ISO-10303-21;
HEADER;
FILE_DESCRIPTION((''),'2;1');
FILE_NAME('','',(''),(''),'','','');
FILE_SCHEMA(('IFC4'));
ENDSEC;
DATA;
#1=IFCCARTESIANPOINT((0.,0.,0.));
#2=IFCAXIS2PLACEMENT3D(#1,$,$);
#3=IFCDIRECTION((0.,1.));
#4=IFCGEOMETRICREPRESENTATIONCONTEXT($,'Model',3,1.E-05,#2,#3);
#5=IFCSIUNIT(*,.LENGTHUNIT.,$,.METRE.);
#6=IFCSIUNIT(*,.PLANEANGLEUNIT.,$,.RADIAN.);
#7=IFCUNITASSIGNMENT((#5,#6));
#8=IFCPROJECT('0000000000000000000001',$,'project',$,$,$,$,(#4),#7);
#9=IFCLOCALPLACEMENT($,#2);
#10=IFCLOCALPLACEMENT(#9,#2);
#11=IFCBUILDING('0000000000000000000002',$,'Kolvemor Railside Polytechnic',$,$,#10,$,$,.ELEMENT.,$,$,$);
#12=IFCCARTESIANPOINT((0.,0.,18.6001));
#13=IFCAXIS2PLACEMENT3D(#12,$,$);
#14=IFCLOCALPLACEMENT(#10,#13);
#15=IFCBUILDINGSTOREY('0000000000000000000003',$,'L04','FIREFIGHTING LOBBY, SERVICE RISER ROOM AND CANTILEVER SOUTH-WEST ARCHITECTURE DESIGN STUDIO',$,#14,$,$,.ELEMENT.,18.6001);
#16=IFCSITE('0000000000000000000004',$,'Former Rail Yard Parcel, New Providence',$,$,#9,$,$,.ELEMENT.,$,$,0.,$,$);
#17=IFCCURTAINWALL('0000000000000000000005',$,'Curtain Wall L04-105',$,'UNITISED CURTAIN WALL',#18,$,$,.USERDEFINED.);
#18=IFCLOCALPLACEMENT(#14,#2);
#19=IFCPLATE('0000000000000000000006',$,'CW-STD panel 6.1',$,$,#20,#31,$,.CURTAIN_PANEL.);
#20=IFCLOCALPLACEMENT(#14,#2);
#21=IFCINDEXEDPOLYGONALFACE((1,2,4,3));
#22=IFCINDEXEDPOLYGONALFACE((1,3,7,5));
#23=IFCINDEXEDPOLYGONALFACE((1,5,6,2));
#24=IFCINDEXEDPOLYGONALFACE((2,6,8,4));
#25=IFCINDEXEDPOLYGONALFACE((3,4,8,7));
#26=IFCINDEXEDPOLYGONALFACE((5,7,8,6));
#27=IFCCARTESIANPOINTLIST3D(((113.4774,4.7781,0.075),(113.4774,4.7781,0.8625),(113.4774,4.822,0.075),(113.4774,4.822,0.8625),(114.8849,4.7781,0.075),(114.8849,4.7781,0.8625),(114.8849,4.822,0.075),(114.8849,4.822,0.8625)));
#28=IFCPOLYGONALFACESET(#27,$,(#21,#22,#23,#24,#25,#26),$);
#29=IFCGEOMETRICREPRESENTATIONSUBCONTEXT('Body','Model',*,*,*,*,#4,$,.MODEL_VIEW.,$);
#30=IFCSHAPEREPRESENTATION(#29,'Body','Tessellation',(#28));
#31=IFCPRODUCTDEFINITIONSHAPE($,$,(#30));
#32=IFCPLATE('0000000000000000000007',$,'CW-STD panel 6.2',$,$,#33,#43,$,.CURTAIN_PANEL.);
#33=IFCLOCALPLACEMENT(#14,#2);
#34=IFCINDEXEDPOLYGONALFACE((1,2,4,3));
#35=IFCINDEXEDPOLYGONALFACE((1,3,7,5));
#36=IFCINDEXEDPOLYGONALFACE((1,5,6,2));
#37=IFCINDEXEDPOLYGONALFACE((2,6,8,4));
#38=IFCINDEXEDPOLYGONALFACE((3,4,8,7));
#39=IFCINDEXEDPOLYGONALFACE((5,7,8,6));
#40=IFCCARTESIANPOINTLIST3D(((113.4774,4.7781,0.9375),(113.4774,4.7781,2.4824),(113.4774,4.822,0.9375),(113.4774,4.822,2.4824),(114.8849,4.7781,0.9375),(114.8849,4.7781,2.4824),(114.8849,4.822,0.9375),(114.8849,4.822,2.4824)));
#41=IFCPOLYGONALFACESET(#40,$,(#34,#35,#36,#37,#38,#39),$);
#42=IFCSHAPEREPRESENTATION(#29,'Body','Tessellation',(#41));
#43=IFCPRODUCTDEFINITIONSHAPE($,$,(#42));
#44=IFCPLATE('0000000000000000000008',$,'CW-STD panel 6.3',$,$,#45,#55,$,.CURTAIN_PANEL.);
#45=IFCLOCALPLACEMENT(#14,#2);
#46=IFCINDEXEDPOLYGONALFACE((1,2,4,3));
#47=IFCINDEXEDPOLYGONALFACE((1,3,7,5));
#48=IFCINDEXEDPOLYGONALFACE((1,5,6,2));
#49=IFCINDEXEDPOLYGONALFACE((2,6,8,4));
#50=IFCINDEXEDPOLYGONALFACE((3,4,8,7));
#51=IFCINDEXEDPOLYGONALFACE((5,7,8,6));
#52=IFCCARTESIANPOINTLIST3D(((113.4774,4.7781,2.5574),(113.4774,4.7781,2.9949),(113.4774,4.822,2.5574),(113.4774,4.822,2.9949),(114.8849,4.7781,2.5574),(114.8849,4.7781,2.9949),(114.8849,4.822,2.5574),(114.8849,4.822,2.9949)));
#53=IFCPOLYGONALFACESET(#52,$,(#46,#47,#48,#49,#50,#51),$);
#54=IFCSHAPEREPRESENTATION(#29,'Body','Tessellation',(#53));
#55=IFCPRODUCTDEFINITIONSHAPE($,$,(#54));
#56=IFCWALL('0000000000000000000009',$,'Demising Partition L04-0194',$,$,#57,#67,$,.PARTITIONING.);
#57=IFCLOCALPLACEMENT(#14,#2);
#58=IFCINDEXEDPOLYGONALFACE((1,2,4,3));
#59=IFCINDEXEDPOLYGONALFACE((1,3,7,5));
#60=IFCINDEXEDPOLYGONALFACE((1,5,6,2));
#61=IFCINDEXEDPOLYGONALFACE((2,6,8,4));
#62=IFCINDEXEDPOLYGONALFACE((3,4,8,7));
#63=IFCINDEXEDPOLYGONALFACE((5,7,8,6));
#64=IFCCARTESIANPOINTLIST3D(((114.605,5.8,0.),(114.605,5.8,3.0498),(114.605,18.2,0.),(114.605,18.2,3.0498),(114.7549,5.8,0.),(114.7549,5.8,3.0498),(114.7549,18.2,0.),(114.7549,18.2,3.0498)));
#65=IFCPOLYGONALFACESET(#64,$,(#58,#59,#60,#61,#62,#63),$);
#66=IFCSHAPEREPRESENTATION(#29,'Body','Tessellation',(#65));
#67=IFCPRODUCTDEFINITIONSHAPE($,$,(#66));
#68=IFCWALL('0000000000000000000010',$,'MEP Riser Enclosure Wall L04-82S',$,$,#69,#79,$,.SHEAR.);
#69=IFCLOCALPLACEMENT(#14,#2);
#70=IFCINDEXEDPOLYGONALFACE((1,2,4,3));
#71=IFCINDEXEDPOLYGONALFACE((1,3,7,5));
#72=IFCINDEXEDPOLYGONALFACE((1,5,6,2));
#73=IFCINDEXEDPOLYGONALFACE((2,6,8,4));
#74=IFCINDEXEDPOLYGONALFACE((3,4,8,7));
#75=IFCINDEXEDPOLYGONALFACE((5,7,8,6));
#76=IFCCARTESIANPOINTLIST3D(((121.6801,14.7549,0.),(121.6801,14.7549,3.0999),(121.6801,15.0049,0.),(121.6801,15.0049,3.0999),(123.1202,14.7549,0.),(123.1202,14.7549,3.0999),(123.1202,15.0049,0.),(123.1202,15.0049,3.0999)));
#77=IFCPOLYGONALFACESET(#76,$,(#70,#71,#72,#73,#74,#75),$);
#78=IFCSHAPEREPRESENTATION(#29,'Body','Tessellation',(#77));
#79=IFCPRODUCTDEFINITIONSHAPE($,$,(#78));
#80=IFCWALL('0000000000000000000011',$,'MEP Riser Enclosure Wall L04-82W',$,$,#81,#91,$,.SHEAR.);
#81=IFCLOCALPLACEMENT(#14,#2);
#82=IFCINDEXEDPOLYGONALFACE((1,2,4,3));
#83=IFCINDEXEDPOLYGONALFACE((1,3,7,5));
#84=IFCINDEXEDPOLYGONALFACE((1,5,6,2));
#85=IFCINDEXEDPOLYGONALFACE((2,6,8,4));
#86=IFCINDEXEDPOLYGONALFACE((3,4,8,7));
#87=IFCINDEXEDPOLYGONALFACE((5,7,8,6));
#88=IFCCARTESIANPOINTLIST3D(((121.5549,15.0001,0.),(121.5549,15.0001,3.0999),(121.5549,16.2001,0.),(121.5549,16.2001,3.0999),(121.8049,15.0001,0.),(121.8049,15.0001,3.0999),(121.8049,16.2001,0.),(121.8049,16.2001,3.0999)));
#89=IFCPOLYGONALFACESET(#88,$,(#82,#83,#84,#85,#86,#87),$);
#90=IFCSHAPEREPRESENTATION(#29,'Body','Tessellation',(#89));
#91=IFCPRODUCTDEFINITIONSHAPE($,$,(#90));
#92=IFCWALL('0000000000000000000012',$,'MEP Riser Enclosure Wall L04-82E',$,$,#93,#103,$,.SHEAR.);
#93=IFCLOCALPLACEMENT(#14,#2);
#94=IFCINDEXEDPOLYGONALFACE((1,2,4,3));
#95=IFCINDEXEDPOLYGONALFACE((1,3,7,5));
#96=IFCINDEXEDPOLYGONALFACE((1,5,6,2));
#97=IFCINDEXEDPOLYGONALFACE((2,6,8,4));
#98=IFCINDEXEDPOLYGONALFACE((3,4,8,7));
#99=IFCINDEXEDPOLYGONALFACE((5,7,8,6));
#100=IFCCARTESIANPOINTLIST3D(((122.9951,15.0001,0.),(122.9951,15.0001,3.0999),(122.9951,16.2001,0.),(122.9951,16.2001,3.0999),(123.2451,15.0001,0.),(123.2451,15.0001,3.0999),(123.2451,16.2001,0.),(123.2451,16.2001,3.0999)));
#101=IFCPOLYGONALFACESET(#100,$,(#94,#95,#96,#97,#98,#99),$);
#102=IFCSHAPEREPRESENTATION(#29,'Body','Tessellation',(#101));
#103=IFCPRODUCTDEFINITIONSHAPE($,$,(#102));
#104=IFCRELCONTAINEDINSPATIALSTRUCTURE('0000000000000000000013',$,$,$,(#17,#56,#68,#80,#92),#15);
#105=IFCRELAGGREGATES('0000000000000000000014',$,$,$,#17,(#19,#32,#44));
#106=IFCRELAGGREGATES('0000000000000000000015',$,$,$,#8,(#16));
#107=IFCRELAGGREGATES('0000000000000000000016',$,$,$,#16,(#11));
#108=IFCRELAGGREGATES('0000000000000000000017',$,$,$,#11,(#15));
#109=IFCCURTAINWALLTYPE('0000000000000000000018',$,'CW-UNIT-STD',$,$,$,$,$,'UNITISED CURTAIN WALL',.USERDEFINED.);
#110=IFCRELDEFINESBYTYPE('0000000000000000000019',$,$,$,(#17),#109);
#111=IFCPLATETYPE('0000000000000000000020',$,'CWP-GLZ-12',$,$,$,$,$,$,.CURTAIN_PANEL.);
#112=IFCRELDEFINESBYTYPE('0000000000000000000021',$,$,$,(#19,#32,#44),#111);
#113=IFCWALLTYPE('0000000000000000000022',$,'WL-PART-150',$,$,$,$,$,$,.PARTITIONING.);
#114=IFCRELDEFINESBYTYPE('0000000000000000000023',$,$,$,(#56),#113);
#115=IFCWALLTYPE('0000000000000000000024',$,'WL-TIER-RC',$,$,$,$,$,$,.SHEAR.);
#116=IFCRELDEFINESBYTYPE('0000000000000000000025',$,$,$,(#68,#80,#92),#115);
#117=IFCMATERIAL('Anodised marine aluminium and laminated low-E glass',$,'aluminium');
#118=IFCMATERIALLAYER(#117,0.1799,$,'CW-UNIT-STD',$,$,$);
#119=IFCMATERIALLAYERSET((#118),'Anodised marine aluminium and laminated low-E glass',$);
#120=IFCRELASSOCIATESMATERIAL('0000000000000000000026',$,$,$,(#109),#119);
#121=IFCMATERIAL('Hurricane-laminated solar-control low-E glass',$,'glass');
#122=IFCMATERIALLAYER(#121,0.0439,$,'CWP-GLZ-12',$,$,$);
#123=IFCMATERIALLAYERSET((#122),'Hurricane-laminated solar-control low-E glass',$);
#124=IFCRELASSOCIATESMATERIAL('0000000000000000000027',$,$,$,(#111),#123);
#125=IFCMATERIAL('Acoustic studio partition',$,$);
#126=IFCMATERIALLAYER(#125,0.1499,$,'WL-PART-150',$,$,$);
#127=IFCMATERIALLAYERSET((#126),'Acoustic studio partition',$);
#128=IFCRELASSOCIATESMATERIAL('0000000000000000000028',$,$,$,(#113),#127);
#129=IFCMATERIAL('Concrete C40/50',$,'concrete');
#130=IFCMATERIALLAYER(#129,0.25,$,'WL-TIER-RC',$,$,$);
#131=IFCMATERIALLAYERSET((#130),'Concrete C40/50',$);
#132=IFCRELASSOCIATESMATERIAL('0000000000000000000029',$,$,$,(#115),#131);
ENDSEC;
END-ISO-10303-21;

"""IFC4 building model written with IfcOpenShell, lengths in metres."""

from ifc_helpers import new_model, si_unit, direction, frame, frame_2d, origin, origin_2d, place, context, subcontext, project, spatial, rectangle, extrude, material, layer, layer_set, type_object, element, aggregate, save


model = new_model("IFC4")

# Units and contexts
model_context = context("Model", 3, precision=1e-05, world=origin(), true_north=direction((0.0, 1.0)))
body_context = subcontext(model_context, "Body", "Model", "MODEL_VIEW")
ifc_project = project(units=[si_unit("LENGTHUNIT", "METRE"), si_unit("PLANEANGLEUNIT", "RADIAN")], contexts=[model_context])

# Site, building, storey
site_placement = place(None, origin())
site = spatial("IfcSite", under=ifc_project, at=site_placement, Name="Former Rail Yard Parcel, New Providence", CompositionType="ELEMENT", RefElevation=0.0)
building_placement = place(site_placement, origin())
building = spatial("IfcBuilding", under=site, at=building_placement, Name="Kolvemor Railside Polytechnic", CompositionType="ELEMENT")
storey_placement = place(building_placement, frame((0.0, 0.0, 18.6001)))
storey = spatial("IfcBuildingStorey", under=building, at=storey_placement, Name="L04", Description="FIREFIGHTING LOBBY, SERVICE RISER ROOM AND CANTILEVER SOUTH-WEST ARCHITECTURE DESIGN STUDIO", CompositionType="ELEMENT", Elevation=18.6001)

# Curtain wall, plates
ifc_material_1 = material(Name="Anodised marine aluminium and laminated low-E glass", Category="aluminium")
ifc_layer_1 = layer(ifc_material_1, 0.1799, Name="CW-UNIT-STD")
ifc_layer_set_1 = layer_set([ifc_layer_1], Name="Anodised marine aluminium and laminated low-E glass")
curtain_wall_type = type_object("IfcCurtainWallType", Name="CW-UNIT-STD", ElementType="UNITISED CURTAIN WALL", PredefinedType="USERDEFINED", material=ifc_layer_set_1)
curtain_wall_placement = place(storey_placement, origin())
curtain_wall = element("IfcCurtainWall", 1, at=curtain_wall_placement, inside=storey, type_object=curtain_wall_type, Name="Curtain Wall L04-105", ObjectType="UNITISED CURTAIN WALL", PredefinedType="USERDEFINED")
ifc_material_2 = material(Name="Hurricane-laminated solar-control low-E glass", Category="glass")
ifc_layer_2 = layer(ifc_material_2, 0.0439, Name="CWP-GLZ-12")
ifc_layer_set_2 = layer_set([ifc_layer_2], Name="Hurricane-laminated solar-control low-E glass")
plate_type = type_object("IfcPlateType", Name="CWP-GLZ-12", PredefinedType="CURTAIN_PANEL", material=ifc_layer_set_2)
plate_1_placement = place(storey_placement, frame((114.1812, 4.8, 0.075), z_axis=(0.0, 0.0, 1.0), x_axis=(1.0, 0.0, 0.0)))
plate_1 = element("IfcPlate", 2, at=plate_1_placement, type_object=plate_type, Name="CW-STD panel 6.1", PredefinedType="CURTAIN_PANEL", context=body_context, shape_type="SweptSolid", body=[
    extrude(rectangle(XDim=1.4075, YDim=0.0439, at=origin_2d()), origin(), (0.0, 0.0, 1.0), 0.7876),
])
plate_2_placement = place(storey_placement, frame((114.1812, 4.8, 0.9375), z_axis=(0.0, 0.0, 1.0), x_axis=(1.0, 0.0, 0.0)))
plate_2 = element("IfcPlate", 3, at=plate_2_placement, type_object=plate_type, Name="CW-STD panel 6.2", PredefinedType="CURTAIN_PANEL", context=body_context, shape_type="SweptSolid", body=[
    extrude(rectangle(XDim=1.4075, YDim=0.0439, at=origin_2d()), origin(), (0.0, 0.0, 1.0), 1.5449),
])
plate_3_placement = place(storey_placement, frame((114.1812, 4.8, 2.5574), z_axis=(0.0, 0.0, 1.0), x_axis=(1.0, 0.0, 0.0)))
plate_3 = element("IfcPlate", 4, at=plate_3_placement, type_object=plate_type, Name="CW-STD panel 6.3", PredefinedType="CURTAIN_PANEL", context=body_context, shape_type="SweptSolid", body=[
    extrude(rectangle(XDim=1.4075, YDim=0.0439, at=origin_2d()), origin(), (0.0, 0.0, 1.0), 0.4375),
])
aggregate(curtain_wall, [plate_1, plate_2, plate_3])

# Walls
ifc_material_3 = material(Name="Acoustic studio partition")
ifc_layer_3 = layer(ifc_material_3, 0.1499, Name="WL-PART-150")
ifc_layer_set_3 = layer_set([ifc_layer_3], Name="Acoustic studio partition")
wall_type_1 = type_object("IfcWallType", Name="WL-PART-150", PredefinedType="PARTITIONING", material=ifc_layer_set_3)
wall_1_placement = place(storey_placement, frame((114.6799, 5.8, 0.0), z_axis=(0.0, 0.0, 1.0), x_axis=(0.0, 1.0, 0.0)))
element("IfcWall", 5, at=wall_1_placement, inside=storey, type_object=wall_type_1, Name="Demising Partition L04-0194", PredefinedType="PARTITIONING", context=body_context, shape_type="SweptSolid", body=[
    extrude(rectangle(XDim=12.3999, YDim=0.1499, at=frame_2d((6.2, 0.0))), origin(), (0.0, 0.0, 1.0), 3.0498),
])
ifc_material_4 = material(Name="Concrete C40/50", Category="concrete")
ifc_layer_4 = layer(ifc_material_4, 0.25, Name="WL-TIER-RC")
ifc_layer_set_4 = layer_set([ifc_layer_4], Name="Concrete C40/50")
wall_type_2 = type_object("IfcWallType", Name="WL-TIER-RC", PredefinedType="SHEAR", material=ifc_layer_set_4)
wall_2_placement = place(storey_placement, frame((121.6799, 14.8799, 0.0), z_axis=(0.0, 0.0, 1.0), x_axis=(1.0, 0.0, 0.0)))
element("IfcWall", 6, at=wall_2_placement, inside=storey, type_object=wall_type_2, Name="MEP Riser Enclosure Wall L04-82S", PredefinedType="SHEAR", context=body_context, shape_type="SweptSolid", body=[
    extrude(rectangle(XDim=1.4402, YDim=0.25, at=frame_2d((0.7202, 0.0))), origin(), (0.0, 0.0, 1.0), 3.0999),
])
for number, where, z_axis, x_axis, name in (
    (7, (121.6799, 15.0, 0.0), (0.0, 0.0, 1.0), (0.0, 1.0, 0.0), "MEP Riser Enclosure Wall L04-82W"),
    (8, (123.1201, 15.0, 0.0), (0.0, 0.0, 1.0), (0.0, 1.0, 0.0), "MEP Riser Enclosure Wall L04-82E"),
):
    element("IfcWall", number, at=place(storey_placement, frame(where, z_axis=z_axis, x_axis=x_axis)), inside=storey, type_object=wall_type_2, Name=name, PredefinedType="SHEAR", context=body_context, shape_type="SweptSolid", body=[
        extrude(rectangle(XDim=1.2, YDim=0.25, at=frame_2d((0.6001, 0.0))), origin(), (0.0, 0.0, 1.0), 3.0999),
    ])

save(model, "model.ifc")
